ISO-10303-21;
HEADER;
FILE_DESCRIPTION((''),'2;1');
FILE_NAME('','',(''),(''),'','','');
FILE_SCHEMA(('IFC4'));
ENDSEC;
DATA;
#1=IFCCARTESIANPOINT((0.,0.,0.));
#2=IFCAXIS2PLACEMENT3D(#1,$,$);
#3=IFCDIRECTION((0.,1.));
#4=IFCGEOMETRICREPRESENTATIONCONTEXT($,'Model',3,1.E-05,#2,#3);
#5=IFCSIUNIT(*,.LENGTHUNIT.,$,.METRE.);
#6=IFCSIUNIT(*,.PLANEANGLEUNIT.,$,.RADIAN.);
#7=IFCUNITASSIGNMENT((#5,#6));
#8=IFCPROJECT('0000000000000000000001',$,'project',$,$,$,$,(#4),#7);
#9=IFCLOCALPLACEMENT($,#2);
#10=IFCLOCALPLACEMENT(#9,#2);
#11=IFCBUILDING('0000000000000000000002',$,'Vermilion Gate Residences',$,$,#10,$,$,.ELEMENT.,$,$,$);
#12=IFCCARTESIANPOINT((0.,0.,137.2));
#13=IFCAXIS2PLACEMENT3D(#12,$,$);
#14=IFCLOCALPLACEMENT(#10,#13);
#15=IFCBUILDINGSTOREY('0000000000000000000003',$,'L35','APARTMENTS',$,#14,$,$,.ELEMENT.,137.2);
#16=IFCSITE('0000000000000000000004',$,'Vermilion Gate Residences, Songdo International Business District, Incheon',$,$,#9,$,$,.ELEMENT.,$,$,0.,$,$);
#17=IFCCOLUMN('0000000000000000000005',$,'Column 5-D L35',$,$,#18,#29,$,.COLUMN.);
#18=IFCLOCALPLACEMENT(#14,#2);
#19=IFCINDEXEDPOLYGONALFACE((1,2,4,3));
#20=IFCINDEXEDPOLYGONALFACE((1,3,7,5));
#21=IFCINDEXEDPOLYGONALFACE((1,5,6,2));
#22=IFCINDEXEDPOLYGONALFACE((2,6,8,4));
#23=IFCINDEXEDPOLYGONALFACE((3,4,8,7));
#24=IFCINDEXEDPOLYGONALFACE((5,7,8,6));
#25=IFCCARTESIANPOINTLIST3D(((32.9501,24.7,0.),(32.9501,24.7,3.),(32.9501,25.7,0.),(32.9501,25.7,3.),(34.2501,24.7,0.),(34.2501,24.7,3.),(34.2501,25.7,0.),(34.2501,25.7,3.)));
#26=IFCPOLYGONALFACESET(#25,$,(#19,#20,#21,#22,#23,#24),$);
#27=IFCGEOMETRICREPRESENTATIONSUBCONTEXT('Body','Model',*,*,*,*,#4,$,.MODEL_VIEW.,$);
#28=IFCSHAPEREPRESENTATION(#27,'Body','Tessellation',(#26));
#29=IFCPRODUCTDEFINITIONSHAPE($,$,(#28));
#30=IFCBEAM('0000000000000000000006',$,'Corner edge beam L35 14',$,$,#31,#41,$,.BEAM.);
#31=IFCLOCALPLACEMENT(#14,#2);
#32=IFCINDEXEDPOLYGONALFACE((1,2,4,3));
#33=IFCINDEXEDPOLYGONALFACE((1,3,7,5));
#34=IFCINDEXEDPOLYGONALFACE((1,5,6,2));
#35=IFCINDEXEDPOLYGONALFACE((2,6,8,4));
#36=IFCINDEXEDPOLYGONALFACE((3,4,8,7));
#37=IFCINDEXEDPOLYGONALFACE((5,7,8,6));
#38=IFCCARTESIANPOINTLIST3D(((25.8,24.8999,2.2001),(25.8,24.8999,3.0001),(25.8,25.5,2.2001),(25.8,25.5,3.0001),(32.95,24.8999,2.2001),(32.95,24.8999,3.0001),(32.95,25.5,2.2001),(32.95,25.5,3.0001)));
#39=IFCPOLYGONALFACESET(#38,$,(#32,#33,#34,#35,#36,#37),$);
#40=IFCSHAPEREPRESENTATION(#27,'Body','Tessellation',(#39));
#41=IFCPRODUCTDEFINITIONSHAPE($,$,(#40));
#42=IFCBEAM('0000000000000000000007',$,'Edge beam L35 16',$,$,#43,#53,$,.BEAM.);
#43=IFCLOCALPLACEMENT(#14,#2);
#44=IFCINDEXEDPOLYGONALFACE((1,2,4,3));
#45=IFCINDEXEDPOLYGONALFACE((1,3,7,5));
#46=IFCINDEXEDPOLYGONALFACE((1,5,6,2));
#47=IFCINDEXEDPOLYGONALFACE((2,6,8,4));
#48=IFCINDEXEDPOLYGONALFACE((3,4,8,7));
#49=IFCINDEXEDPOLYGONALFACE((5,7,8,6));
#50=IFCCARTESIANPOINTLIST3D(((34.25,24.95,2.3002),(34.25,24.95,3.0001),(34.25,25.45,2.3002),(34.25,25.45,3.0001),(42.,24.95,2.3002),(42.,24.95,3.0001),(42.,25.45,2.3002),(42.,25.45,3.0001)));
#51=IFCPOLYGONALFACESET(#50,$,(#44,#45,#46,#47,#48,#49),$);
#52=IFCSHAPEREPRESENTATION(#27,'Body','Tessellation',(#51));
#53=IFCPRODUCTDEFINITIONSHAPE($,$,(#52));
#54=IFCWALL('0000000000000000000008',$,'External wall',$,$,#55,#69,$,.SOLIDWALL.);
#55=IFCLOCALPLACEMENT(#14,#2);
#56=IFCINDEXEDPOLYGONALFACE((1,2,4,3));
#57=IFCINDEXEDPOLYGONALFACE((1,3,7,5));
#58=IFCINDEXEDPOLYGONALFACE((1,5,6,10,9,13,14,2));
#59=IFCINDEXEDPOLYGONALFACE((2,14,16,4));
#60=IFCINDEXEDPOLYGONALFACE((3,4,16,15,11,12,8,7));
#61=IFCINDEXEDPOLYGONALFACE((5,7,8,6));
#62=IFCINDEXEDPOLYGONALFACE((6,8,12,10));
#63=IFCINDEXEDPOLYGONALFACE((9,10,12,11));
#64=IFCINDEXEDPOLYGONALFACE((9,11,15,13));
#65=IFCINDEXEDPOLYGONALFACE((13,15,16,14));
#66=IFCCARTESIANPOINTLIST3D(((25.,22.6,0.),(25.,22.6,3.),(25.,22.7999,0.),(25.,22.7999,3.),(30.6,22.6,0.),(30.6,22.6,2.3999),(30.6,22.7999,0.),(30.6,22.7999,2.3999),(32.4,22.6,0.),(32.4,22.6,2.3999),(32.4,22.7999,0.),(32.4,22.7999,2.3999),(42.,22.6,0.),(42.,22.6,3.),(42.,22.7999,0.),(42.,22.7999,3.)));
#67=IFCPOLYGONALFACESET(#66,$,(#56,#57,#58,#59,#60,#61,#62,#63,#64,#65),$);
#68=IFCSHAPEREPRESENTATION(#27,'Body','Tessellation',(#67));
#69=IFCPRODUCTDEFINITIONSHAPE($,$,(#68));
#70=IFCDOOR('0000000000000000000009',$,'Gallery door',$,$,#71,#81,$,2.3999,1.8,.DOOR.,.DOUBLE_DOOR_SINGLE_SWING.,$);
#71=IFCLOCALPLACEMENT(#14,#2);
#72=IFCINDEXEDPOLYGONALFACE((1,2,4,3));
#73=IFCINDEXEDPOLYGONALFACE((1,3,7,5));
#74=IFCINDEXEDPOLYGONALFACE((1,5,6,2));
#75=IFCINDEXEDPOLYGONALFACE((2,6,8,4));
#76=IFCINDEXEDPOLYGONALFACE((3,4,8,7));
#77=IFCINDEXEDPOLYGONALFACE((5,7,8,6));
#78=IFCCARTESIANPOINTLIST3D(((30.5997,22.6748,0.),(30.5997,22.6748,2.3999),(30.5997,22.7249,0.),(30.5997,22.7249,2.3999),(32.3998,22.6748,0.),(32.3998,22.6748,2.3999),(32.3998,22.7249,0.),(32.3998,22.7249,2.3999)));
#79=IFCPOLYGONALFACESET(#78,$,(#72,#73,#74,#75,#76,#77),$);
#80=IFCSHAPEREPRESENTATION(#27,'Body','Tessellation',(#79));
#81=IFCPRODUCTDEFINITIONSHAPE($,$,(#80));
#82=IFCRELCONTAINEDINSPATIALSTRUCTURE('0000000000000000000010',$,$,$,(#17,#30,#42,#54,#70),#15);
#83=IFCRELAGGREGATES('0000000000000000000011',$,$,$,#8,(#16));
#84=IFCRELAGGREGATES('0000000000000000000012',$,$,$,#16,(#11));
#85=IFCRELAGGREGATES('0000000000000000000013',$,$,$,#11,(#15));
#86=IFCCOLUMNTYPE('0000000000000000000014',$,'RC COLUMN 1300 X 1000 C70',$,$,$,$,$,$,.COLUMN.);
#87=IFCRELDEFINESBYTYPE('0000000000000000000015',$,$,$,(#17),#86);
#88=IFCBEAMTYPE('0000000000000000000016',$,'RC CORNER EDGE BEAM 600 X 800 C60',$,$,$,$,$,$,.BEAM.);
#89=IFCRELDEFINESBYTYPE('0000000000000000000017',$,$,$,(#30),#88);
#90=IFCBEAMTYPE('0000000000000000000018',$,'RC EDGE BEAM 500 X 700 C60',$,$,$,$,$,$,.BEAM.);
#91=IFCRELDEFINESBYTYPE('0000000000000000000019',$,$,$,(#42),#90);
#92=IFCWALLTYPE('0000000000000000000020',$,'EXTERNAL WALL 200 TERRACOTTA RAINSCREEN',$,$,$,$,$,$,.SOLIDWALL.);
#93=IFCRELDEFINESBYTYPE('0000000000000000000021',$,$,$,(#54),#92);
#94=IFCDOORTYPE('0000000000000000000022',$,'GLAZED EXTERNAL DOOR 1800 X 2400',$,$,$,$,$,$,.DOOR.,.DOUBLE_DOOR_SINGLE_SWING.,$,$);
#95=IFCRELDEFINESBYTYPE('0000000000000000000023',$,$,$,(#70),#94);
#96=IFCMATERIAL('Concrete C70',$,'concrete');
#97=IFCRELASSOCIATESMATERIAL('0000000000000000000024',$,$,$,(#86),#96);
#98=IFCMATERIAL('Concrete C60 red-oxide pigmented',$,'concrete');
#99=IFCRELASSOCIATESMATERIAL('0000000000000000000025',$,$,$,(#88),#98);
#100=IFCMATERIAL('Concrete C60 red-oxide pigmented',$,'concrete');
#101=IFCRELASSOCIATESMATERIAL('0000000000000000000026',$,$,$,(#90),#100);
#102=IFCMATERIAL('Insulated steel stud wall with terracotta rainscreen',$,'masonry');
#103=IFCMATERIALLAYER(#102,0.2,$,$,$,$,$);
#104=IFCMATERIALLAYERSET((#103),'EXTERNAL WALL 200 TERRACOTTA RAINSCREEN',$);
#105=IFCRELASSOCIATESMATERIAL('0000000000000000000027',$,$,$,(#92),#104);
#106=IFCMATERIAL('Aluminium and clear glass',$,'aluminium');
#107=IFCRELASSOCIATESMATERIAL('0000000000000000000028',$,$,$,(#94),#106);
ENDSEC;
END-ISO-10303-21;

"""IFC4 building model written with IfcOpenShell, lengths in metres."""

from ifc_helpers import new_model, si_unit, direction, frame, frame_2d, origin, origin_2d, place, context, subcontext, project, spatial, rectangle, extrude, material, layer, layer_set, material_profile, profile_set, type_object, element, fill, save


model = new_model("IFC4")

# Units and contexts
model_context = context("Model", 3, precision=1e-05, world=origin(), true_north=direction((0.0, 1.0)))
body_context = subcontext(model_context, "Body", "Model", "MODEL_VIEW")
ifc_project = project(units=[si_unit("LENGTHUNIT", "METRE"), si_unit("PLANEANGLEUNIT", "RADIAN")], contexts=[model_context])

# Site, building, storey
site_placement = place(None, origin())
site = spatial("IfcSite", under=ifc_project, at=site_placement, Name="Vermilion Gate Residences, Songdo International Business District, Incheon", CompositionType="ELEMENT", RefElevation=0.0)
building_placement = place(site_placement, origin())
building = spatial("IfcBuilding", under=site, at=building_placement, Name="Vermilion Gate Residences", CompositionType="ELEMENT")
storey_placement = place(building_placement, frame((0.0, 0.0, 137.2)))
storey = spatial("IfcBuildingStorey", under=building, at=storey_placement, Name="L35", Description="APARTMENTS", CompositionType="ELEMENT", Elevation=137.2)

# Column
ifc_material_1 = material(Name="Concrete C70", Category="concrete")
ifc_material_profile_1 = material_profile(ifc_material_1, rectangle(XDim=1.3, YDim=1.0, at=origin_2d()), Name="RC-1300x1000")
ifc_profile_set_1 = profile_set([ifc_material_profile_1], Name="Concrete C70")
column_type = type_object("IfcColumnType", Name="RC COLUMN 1300 X 1000 C70", PredefinedType="COLUMN", material=ifc_profile_set_1)
column_placement = place(storey_placement, frame((33.6001, 25.2, 0.0), z_axis=(0.0, 0.0, 1.0), x_axis=(1.0, 0.0, 0.0)))
element("IfcColumn", 1, at=column_placement, inside=storey, type_object=column_type, Name="Column 5-D L35", PredefinedType="COLUMN", context=body_context, shape_type="SweptSolid", body=[
    extrude(rectangle(XDim=1.3, YDim=1.0, at=origin_2d()), origin(), (0.0, 0.0, 1.0), 3.0),
])

# Beams
ifc_material_2 = material(Name="Concrete C60 red-oxide pigmented", Category="concrete")
ifc_material_profile_2 = material_profile(ifc_material_2, rectangle(XDim=0.6001, YDim=0.8, at=origin_2d()), Name="RC-600x800")
ifc_profile_set_2 = profile_set([ifc_material_profile_2], Name="Concrete C60 red-oxide pigmented")
beam_type_1 = type_object("IfcBeamType", Name="RC CORNER EDGE BEAM 600 X 800 C60", PredefinedType="BEAM", material=ifc_profile_set_2)
beam_1_placement = place(storey_placement, frame((25.8, 25.2, 2.6001), z_axis=(1.0, 0.0, 0.0), x_axis=(0.0, 1.0, 0.0)))
element("IfcBeam", 2, at=beam_1_placement, inside=storey, type_object=beam_type_1, Name="Corner edge beam L35 14", PredefinedType="BEAM", context=body_context, shape_type="SweptSolid", body=[
    extrude(rectangle(XDim=0.6001, YDim=0.8, at=origin_2d()), origin(), (0.0, 0.0, 1.0), 7.1499),
])
ifc_material_3 = material(Name="Concrete C60 red-oxide pigmented", Category="concrete")
ifc_material_profile_3 = material_profile(ifc_material_3, rectangle(XDim=0.5, YDim=0.7, at=origin_2d()), Name="RC-500x700")
ifc_profile_set_3 = profile_set([ifc_material_profile_3], Name="Concrete C60 red-oxide pigmented")
beam_type_2 = type_object("IfcBeamType", Name="RC EDGE BEAM 500 X 700 C60", PredefinedType="BEAM", material=ifc_profile_set_3)
beam_2_placement = place(storey_placement, frame((34.25, 25.2, 2.6501), z_axis=(1.0, 0.0, 0.0), x_axis=(0.0, 1.0, 0.0)))
element("IfcBeam", 3, at=beam_2_placement, inside=storey, type_object=beam_type_2, Name="Edge beam L35 16", PredefinedType="BEAM", context=body_context, shape_type="SweptSolid", body=[
    extrude(rectangle(XDim=0.5, YDim=0.7, at=origin_2d()), origin(), (0.0, 0.0, 1.0), 7.75),
])

# Wall, opening, door
ifc_material_4 = material(Name="Insulated steel stud wall with terracotta rainscreen", Category="masonry")
ifc_layer_1 = layer(ifc_material_4, 0.2)
ifc_layer_set_1 = layer_set([ifc_layer_1], Name="EXTERNAL WALL 200 TERRACOTTA RAINSCREEN")
wall_type_1 = type_object("IfcWallType", Name="EXTERNAL WALL 200 TERRACOTTA RAINSCREEN", PredefinedType="SOLIDWALL", material=ifc_layer_set_1)
wall_1_placement = place(storey_placement, frame((42.0, 22.7, 0.0), z_axis=(0.0, 0.0, 1.0), x_axis=(-1.0, 0.0, 0.0)))
wall_1 = element("IfcWall", 4, at=wall_1_placement, inside=storey, type_object=wall_type_1, Name="External wall", PredefinedType="SOLIDWALL", context=body_context, shape_type="SweptSolid", body=[
    extrude(rectangle(XDim=17.0, YDim=0.2, at=frame_2d((8.5, 0.0))), origin(), (0.0, 0.0, 1.0), 3.0),
])
opening_1_placement = place(wall_1_placement, frame((9.6001, 0.0, 0.0)))
opening_1 = element("IfcOpeningElement", 5, at=opening_1_placement, cuts=wall_1, PredefinedType="OPENING", context=body_context, shape_type="SweptSolid", body=[
    extrude(rectangle(XDim=1.8, YDim=2.3999, at=frame_2d((0.8999, 1.2))), frame((0.0, 0.1099, 0.0), z_axis=(0.0, -1.0, 0.0), x_axis=(1.0, 0.0, 0.0)), (0.0, 0.0, 1.0), 0.22),
])
ifc_material_5 = material(Name="Aluminium and clear glass", Category="aluminium")
door_type = type_object("IfcDoorType", Name="GLAZED EXTERNAL DOOR 1800 X 2400", OperationType="DOUBLE_DOOR_SINGLE_SWING", PredefinedType="DOOR", material=ifc_material_5)
door_placement = place(opening_1_placement, frame((1.8, 0.0, 0.0), z_axis=(0.0, 0.0, 1.0), x_axis=(-1.0, 0.0, 0.0)))
door = element("IfcDoor", 6, at=door_placement, inside=storey, type_object=door_type, Name="Gallery door", OperationType="DOUBLE_DOOR_SINGLE_SWING", OverallHeight=2.3999, OverallWidth=1.8, PredefinedType="DOOR", context=body_context, shape_type="SweptSolid", body=[
    extrude(rectangle(XDim=1.8, YDim=2.3999, at=frame_2d((0.8999, 1.2))), frame((0.0, 0.0249, 0.0), z_axis=(0.0, -1.0, 0.0), x_axis=(1.0, 0.0, 0.0)), (0.0, 0.0, 1.0), 0.05),
])
fill(opening_1, door)

save(model, "model.ifc")
